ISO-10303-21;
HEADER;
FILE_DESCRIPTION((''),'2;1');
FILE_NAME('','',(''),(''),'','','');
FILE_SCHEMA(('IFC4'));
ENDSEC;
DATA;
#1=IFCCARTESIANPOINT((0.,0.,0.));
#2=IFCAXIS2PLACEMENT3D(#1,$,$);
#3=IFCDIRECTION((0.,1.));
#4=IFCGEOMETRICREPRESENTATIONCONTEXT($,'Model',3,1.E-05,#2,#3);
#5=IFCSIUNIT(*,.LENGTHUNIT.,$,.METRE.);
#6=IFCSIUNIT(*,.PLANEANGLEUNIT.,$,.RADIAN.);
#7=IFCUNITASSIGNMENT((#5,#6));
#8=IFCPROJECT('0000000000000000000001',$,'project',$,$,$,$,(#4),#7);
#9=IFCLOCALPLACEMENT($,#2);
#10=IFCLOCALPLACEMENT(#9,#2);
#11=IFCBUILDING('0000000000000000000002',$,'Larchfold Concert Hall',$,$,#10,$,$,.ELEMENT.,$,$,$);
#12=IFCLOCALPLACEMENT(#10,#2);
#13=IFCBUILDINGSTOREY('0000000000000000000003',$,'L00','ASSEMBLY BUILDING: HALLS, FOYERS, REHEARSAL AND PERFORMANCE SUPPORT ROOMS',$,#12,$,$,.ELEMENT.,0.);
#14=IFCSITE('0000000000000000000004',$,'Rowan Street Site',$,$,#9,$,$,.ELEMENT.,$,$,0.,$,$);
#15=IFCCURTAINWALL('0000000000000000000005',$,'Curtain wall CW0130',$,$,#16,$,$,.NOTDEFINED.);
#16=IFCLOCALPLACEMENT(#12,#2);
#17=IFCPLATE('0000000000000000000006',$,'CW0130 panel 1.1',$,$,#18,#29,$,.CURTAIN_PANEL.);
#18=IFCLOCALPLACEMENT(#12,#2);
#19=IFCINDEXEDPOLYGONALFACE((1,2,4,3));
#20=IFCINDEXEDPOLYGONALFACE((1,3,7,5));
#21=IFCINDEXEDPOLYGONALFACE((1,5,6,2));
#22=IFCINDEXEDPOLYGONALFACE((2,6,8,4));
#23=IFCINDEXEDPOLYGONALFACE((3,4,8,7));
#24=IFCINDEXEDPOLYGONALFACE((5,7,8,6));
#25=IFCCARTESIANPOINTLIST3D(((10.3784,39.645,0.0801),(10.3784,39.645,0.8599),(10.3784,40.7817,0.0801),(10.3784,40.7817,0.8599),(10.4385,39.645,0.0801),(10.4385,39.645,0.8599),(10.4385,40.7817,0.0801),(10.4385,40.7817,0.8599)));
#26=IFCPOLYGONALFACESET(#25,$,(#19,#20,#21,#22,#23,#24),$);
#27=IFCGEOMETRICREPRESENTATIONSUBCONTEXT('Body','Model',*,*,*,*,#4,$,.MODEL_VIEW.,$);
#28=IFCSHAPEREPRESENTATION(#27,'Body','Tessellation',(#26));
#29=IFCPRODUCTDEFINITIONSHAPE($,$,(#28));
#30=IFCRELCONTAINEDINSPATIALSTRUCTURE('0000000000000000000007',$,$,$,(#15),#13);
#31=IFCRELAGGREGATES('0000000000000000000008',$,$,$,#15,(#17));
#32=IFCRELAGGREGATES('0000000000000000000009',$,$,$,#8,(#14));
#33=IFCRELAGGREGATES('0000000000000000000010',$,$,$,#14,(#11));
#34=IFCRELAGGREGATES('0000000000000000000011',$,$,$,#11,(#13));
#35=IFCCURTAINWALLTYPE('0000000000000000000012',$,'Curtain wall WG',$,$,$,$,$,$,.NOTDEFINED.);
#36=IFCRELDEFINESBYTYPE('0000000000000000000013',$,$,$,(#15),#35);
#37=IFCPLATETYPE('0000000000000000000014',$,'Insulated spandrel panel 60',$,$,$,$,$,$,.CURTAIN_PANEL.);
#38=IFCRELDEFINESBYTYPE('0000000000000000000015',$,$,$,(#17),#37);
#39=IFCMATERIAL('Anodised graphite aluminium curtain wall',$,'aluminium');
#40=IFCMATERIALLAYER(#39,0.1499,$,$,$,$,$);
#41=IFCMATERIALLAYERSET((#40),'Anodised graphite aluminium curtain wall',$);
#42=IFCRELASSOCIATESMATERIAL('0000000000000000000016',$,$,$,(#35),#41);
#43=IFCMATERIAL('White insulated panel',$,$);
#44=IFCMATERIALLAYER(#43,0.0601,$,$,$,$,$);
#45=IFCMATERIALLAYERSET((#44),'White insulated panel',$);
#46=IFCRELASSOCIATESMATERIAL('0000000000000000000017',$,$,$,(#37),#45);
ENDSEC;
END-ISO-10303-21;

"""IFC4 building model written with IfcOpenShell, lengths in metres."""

from ifc_helpers import new_model, si_unit, direction, frame, origin, origin_2d, place, context, subcontext, project, spatial, rectangle, extrude, material, layer, layer_set, type_object, element, aggregate, save


model = new_model("IFC4")

# Units and contexts
model_context = context("Model", 3, precision=1e-05, world=origin(), true_north=direction((0.0, 1.0)))
body_context = subcontext(model_context, "Body", "Model", "MODEL_VIEW")
ifc_project = project(units=[si_unit("LENGTHUNIT", "METRE"), si_unit("PLANEANGLEUNIT", "RADIAN")], contexts=[model_context])

# Site, building, storey
site_placement = place(None, origin())
site = spatial("IfcSite", under=ifc_project, at=site_placement, Name="Rowan Street Site", CompositionType="ELEMENT", RefElevation=0.0)
building_placement = place(site_placement, origin())
building = spatial("IfcBuilding", under=site, at=building_placement, Name="Larchfold Concert Hall", CompositionType="ELEMENT")
storey_placement = place(building_placement, origin())
storey = spatial("IfcBuildingStorey", under=building, at=storey_placement, Name="L00", Description="ASSEMBLY BUILDING: HALLS, FOYERS, REHEARSAL AND PERFORMANCE SUPPORT ROOMS", CompositionType="ELEMENT", Elevation=0.0)

# Curtain wall
ifc_material_1 = material(Name="Anodised graphite aluminium curtain wall", Category="aluminium")
ifc_layer_1 = layer(ifc_material_1, 0.1499)
ifc_layer_set_1 = layer_set([ifc_layer_1], Name="Anodised graphite aluminium curtain wall")
curtain_wall_type = type_object("IfcCurtainWallType", Name="Curtain wall WG", PredefinedType="NOTDEFINED", material=ifc_layer_set_1)
curtain_wall_1_placement = place(storey_placement, origin())
curtain_wall_1 = element("IfcCurtainWall", 1, at=curtain_wall_1_placement, inside=storey, type_object=curtain_wall_type, Name="Curtain wall CW0130", PredefinedType="NOTDEFINED")

# Plate
ifc_material_2 = material(Name="White insulated panel")
ifc_layer_2 = layer(ifc_material_2, 0.0601)
ifc_layer_set_2 = layer_set([ifc_layer_2], Name="White insulated panel")
plate_type_1 = type_object("IfcPlateType", Name="Insulated spandrel panel 60", PredefinedType="CURTAIN_PANEL", material=ifc_layer_set_2)
plate_1_placement = place(storey_placement, frame((10.4084, 40.2134, 0.0801), z_axis=(0.0, 0.0, 1.0), x_axis=(0.0, -1.0, 0.0)))
plate_1 = element("IfcPlate", 2, at=plate_1_placement, type_object=plate_type_1, Name="CW0130 panel 1.1", PredefinedType="CURTAIN_PANEL", context=body_context, shape_type="SweptSolid", body=[
    extrude(rectangle(XDim=1.1367, YDim=0.0601, at=origin_2d()), origin(), (0.0, 0.0, 1.0), 0.7798),
])
aggregate(curtain_wall_1, [plate_1])

save(model, "model.ifc")
